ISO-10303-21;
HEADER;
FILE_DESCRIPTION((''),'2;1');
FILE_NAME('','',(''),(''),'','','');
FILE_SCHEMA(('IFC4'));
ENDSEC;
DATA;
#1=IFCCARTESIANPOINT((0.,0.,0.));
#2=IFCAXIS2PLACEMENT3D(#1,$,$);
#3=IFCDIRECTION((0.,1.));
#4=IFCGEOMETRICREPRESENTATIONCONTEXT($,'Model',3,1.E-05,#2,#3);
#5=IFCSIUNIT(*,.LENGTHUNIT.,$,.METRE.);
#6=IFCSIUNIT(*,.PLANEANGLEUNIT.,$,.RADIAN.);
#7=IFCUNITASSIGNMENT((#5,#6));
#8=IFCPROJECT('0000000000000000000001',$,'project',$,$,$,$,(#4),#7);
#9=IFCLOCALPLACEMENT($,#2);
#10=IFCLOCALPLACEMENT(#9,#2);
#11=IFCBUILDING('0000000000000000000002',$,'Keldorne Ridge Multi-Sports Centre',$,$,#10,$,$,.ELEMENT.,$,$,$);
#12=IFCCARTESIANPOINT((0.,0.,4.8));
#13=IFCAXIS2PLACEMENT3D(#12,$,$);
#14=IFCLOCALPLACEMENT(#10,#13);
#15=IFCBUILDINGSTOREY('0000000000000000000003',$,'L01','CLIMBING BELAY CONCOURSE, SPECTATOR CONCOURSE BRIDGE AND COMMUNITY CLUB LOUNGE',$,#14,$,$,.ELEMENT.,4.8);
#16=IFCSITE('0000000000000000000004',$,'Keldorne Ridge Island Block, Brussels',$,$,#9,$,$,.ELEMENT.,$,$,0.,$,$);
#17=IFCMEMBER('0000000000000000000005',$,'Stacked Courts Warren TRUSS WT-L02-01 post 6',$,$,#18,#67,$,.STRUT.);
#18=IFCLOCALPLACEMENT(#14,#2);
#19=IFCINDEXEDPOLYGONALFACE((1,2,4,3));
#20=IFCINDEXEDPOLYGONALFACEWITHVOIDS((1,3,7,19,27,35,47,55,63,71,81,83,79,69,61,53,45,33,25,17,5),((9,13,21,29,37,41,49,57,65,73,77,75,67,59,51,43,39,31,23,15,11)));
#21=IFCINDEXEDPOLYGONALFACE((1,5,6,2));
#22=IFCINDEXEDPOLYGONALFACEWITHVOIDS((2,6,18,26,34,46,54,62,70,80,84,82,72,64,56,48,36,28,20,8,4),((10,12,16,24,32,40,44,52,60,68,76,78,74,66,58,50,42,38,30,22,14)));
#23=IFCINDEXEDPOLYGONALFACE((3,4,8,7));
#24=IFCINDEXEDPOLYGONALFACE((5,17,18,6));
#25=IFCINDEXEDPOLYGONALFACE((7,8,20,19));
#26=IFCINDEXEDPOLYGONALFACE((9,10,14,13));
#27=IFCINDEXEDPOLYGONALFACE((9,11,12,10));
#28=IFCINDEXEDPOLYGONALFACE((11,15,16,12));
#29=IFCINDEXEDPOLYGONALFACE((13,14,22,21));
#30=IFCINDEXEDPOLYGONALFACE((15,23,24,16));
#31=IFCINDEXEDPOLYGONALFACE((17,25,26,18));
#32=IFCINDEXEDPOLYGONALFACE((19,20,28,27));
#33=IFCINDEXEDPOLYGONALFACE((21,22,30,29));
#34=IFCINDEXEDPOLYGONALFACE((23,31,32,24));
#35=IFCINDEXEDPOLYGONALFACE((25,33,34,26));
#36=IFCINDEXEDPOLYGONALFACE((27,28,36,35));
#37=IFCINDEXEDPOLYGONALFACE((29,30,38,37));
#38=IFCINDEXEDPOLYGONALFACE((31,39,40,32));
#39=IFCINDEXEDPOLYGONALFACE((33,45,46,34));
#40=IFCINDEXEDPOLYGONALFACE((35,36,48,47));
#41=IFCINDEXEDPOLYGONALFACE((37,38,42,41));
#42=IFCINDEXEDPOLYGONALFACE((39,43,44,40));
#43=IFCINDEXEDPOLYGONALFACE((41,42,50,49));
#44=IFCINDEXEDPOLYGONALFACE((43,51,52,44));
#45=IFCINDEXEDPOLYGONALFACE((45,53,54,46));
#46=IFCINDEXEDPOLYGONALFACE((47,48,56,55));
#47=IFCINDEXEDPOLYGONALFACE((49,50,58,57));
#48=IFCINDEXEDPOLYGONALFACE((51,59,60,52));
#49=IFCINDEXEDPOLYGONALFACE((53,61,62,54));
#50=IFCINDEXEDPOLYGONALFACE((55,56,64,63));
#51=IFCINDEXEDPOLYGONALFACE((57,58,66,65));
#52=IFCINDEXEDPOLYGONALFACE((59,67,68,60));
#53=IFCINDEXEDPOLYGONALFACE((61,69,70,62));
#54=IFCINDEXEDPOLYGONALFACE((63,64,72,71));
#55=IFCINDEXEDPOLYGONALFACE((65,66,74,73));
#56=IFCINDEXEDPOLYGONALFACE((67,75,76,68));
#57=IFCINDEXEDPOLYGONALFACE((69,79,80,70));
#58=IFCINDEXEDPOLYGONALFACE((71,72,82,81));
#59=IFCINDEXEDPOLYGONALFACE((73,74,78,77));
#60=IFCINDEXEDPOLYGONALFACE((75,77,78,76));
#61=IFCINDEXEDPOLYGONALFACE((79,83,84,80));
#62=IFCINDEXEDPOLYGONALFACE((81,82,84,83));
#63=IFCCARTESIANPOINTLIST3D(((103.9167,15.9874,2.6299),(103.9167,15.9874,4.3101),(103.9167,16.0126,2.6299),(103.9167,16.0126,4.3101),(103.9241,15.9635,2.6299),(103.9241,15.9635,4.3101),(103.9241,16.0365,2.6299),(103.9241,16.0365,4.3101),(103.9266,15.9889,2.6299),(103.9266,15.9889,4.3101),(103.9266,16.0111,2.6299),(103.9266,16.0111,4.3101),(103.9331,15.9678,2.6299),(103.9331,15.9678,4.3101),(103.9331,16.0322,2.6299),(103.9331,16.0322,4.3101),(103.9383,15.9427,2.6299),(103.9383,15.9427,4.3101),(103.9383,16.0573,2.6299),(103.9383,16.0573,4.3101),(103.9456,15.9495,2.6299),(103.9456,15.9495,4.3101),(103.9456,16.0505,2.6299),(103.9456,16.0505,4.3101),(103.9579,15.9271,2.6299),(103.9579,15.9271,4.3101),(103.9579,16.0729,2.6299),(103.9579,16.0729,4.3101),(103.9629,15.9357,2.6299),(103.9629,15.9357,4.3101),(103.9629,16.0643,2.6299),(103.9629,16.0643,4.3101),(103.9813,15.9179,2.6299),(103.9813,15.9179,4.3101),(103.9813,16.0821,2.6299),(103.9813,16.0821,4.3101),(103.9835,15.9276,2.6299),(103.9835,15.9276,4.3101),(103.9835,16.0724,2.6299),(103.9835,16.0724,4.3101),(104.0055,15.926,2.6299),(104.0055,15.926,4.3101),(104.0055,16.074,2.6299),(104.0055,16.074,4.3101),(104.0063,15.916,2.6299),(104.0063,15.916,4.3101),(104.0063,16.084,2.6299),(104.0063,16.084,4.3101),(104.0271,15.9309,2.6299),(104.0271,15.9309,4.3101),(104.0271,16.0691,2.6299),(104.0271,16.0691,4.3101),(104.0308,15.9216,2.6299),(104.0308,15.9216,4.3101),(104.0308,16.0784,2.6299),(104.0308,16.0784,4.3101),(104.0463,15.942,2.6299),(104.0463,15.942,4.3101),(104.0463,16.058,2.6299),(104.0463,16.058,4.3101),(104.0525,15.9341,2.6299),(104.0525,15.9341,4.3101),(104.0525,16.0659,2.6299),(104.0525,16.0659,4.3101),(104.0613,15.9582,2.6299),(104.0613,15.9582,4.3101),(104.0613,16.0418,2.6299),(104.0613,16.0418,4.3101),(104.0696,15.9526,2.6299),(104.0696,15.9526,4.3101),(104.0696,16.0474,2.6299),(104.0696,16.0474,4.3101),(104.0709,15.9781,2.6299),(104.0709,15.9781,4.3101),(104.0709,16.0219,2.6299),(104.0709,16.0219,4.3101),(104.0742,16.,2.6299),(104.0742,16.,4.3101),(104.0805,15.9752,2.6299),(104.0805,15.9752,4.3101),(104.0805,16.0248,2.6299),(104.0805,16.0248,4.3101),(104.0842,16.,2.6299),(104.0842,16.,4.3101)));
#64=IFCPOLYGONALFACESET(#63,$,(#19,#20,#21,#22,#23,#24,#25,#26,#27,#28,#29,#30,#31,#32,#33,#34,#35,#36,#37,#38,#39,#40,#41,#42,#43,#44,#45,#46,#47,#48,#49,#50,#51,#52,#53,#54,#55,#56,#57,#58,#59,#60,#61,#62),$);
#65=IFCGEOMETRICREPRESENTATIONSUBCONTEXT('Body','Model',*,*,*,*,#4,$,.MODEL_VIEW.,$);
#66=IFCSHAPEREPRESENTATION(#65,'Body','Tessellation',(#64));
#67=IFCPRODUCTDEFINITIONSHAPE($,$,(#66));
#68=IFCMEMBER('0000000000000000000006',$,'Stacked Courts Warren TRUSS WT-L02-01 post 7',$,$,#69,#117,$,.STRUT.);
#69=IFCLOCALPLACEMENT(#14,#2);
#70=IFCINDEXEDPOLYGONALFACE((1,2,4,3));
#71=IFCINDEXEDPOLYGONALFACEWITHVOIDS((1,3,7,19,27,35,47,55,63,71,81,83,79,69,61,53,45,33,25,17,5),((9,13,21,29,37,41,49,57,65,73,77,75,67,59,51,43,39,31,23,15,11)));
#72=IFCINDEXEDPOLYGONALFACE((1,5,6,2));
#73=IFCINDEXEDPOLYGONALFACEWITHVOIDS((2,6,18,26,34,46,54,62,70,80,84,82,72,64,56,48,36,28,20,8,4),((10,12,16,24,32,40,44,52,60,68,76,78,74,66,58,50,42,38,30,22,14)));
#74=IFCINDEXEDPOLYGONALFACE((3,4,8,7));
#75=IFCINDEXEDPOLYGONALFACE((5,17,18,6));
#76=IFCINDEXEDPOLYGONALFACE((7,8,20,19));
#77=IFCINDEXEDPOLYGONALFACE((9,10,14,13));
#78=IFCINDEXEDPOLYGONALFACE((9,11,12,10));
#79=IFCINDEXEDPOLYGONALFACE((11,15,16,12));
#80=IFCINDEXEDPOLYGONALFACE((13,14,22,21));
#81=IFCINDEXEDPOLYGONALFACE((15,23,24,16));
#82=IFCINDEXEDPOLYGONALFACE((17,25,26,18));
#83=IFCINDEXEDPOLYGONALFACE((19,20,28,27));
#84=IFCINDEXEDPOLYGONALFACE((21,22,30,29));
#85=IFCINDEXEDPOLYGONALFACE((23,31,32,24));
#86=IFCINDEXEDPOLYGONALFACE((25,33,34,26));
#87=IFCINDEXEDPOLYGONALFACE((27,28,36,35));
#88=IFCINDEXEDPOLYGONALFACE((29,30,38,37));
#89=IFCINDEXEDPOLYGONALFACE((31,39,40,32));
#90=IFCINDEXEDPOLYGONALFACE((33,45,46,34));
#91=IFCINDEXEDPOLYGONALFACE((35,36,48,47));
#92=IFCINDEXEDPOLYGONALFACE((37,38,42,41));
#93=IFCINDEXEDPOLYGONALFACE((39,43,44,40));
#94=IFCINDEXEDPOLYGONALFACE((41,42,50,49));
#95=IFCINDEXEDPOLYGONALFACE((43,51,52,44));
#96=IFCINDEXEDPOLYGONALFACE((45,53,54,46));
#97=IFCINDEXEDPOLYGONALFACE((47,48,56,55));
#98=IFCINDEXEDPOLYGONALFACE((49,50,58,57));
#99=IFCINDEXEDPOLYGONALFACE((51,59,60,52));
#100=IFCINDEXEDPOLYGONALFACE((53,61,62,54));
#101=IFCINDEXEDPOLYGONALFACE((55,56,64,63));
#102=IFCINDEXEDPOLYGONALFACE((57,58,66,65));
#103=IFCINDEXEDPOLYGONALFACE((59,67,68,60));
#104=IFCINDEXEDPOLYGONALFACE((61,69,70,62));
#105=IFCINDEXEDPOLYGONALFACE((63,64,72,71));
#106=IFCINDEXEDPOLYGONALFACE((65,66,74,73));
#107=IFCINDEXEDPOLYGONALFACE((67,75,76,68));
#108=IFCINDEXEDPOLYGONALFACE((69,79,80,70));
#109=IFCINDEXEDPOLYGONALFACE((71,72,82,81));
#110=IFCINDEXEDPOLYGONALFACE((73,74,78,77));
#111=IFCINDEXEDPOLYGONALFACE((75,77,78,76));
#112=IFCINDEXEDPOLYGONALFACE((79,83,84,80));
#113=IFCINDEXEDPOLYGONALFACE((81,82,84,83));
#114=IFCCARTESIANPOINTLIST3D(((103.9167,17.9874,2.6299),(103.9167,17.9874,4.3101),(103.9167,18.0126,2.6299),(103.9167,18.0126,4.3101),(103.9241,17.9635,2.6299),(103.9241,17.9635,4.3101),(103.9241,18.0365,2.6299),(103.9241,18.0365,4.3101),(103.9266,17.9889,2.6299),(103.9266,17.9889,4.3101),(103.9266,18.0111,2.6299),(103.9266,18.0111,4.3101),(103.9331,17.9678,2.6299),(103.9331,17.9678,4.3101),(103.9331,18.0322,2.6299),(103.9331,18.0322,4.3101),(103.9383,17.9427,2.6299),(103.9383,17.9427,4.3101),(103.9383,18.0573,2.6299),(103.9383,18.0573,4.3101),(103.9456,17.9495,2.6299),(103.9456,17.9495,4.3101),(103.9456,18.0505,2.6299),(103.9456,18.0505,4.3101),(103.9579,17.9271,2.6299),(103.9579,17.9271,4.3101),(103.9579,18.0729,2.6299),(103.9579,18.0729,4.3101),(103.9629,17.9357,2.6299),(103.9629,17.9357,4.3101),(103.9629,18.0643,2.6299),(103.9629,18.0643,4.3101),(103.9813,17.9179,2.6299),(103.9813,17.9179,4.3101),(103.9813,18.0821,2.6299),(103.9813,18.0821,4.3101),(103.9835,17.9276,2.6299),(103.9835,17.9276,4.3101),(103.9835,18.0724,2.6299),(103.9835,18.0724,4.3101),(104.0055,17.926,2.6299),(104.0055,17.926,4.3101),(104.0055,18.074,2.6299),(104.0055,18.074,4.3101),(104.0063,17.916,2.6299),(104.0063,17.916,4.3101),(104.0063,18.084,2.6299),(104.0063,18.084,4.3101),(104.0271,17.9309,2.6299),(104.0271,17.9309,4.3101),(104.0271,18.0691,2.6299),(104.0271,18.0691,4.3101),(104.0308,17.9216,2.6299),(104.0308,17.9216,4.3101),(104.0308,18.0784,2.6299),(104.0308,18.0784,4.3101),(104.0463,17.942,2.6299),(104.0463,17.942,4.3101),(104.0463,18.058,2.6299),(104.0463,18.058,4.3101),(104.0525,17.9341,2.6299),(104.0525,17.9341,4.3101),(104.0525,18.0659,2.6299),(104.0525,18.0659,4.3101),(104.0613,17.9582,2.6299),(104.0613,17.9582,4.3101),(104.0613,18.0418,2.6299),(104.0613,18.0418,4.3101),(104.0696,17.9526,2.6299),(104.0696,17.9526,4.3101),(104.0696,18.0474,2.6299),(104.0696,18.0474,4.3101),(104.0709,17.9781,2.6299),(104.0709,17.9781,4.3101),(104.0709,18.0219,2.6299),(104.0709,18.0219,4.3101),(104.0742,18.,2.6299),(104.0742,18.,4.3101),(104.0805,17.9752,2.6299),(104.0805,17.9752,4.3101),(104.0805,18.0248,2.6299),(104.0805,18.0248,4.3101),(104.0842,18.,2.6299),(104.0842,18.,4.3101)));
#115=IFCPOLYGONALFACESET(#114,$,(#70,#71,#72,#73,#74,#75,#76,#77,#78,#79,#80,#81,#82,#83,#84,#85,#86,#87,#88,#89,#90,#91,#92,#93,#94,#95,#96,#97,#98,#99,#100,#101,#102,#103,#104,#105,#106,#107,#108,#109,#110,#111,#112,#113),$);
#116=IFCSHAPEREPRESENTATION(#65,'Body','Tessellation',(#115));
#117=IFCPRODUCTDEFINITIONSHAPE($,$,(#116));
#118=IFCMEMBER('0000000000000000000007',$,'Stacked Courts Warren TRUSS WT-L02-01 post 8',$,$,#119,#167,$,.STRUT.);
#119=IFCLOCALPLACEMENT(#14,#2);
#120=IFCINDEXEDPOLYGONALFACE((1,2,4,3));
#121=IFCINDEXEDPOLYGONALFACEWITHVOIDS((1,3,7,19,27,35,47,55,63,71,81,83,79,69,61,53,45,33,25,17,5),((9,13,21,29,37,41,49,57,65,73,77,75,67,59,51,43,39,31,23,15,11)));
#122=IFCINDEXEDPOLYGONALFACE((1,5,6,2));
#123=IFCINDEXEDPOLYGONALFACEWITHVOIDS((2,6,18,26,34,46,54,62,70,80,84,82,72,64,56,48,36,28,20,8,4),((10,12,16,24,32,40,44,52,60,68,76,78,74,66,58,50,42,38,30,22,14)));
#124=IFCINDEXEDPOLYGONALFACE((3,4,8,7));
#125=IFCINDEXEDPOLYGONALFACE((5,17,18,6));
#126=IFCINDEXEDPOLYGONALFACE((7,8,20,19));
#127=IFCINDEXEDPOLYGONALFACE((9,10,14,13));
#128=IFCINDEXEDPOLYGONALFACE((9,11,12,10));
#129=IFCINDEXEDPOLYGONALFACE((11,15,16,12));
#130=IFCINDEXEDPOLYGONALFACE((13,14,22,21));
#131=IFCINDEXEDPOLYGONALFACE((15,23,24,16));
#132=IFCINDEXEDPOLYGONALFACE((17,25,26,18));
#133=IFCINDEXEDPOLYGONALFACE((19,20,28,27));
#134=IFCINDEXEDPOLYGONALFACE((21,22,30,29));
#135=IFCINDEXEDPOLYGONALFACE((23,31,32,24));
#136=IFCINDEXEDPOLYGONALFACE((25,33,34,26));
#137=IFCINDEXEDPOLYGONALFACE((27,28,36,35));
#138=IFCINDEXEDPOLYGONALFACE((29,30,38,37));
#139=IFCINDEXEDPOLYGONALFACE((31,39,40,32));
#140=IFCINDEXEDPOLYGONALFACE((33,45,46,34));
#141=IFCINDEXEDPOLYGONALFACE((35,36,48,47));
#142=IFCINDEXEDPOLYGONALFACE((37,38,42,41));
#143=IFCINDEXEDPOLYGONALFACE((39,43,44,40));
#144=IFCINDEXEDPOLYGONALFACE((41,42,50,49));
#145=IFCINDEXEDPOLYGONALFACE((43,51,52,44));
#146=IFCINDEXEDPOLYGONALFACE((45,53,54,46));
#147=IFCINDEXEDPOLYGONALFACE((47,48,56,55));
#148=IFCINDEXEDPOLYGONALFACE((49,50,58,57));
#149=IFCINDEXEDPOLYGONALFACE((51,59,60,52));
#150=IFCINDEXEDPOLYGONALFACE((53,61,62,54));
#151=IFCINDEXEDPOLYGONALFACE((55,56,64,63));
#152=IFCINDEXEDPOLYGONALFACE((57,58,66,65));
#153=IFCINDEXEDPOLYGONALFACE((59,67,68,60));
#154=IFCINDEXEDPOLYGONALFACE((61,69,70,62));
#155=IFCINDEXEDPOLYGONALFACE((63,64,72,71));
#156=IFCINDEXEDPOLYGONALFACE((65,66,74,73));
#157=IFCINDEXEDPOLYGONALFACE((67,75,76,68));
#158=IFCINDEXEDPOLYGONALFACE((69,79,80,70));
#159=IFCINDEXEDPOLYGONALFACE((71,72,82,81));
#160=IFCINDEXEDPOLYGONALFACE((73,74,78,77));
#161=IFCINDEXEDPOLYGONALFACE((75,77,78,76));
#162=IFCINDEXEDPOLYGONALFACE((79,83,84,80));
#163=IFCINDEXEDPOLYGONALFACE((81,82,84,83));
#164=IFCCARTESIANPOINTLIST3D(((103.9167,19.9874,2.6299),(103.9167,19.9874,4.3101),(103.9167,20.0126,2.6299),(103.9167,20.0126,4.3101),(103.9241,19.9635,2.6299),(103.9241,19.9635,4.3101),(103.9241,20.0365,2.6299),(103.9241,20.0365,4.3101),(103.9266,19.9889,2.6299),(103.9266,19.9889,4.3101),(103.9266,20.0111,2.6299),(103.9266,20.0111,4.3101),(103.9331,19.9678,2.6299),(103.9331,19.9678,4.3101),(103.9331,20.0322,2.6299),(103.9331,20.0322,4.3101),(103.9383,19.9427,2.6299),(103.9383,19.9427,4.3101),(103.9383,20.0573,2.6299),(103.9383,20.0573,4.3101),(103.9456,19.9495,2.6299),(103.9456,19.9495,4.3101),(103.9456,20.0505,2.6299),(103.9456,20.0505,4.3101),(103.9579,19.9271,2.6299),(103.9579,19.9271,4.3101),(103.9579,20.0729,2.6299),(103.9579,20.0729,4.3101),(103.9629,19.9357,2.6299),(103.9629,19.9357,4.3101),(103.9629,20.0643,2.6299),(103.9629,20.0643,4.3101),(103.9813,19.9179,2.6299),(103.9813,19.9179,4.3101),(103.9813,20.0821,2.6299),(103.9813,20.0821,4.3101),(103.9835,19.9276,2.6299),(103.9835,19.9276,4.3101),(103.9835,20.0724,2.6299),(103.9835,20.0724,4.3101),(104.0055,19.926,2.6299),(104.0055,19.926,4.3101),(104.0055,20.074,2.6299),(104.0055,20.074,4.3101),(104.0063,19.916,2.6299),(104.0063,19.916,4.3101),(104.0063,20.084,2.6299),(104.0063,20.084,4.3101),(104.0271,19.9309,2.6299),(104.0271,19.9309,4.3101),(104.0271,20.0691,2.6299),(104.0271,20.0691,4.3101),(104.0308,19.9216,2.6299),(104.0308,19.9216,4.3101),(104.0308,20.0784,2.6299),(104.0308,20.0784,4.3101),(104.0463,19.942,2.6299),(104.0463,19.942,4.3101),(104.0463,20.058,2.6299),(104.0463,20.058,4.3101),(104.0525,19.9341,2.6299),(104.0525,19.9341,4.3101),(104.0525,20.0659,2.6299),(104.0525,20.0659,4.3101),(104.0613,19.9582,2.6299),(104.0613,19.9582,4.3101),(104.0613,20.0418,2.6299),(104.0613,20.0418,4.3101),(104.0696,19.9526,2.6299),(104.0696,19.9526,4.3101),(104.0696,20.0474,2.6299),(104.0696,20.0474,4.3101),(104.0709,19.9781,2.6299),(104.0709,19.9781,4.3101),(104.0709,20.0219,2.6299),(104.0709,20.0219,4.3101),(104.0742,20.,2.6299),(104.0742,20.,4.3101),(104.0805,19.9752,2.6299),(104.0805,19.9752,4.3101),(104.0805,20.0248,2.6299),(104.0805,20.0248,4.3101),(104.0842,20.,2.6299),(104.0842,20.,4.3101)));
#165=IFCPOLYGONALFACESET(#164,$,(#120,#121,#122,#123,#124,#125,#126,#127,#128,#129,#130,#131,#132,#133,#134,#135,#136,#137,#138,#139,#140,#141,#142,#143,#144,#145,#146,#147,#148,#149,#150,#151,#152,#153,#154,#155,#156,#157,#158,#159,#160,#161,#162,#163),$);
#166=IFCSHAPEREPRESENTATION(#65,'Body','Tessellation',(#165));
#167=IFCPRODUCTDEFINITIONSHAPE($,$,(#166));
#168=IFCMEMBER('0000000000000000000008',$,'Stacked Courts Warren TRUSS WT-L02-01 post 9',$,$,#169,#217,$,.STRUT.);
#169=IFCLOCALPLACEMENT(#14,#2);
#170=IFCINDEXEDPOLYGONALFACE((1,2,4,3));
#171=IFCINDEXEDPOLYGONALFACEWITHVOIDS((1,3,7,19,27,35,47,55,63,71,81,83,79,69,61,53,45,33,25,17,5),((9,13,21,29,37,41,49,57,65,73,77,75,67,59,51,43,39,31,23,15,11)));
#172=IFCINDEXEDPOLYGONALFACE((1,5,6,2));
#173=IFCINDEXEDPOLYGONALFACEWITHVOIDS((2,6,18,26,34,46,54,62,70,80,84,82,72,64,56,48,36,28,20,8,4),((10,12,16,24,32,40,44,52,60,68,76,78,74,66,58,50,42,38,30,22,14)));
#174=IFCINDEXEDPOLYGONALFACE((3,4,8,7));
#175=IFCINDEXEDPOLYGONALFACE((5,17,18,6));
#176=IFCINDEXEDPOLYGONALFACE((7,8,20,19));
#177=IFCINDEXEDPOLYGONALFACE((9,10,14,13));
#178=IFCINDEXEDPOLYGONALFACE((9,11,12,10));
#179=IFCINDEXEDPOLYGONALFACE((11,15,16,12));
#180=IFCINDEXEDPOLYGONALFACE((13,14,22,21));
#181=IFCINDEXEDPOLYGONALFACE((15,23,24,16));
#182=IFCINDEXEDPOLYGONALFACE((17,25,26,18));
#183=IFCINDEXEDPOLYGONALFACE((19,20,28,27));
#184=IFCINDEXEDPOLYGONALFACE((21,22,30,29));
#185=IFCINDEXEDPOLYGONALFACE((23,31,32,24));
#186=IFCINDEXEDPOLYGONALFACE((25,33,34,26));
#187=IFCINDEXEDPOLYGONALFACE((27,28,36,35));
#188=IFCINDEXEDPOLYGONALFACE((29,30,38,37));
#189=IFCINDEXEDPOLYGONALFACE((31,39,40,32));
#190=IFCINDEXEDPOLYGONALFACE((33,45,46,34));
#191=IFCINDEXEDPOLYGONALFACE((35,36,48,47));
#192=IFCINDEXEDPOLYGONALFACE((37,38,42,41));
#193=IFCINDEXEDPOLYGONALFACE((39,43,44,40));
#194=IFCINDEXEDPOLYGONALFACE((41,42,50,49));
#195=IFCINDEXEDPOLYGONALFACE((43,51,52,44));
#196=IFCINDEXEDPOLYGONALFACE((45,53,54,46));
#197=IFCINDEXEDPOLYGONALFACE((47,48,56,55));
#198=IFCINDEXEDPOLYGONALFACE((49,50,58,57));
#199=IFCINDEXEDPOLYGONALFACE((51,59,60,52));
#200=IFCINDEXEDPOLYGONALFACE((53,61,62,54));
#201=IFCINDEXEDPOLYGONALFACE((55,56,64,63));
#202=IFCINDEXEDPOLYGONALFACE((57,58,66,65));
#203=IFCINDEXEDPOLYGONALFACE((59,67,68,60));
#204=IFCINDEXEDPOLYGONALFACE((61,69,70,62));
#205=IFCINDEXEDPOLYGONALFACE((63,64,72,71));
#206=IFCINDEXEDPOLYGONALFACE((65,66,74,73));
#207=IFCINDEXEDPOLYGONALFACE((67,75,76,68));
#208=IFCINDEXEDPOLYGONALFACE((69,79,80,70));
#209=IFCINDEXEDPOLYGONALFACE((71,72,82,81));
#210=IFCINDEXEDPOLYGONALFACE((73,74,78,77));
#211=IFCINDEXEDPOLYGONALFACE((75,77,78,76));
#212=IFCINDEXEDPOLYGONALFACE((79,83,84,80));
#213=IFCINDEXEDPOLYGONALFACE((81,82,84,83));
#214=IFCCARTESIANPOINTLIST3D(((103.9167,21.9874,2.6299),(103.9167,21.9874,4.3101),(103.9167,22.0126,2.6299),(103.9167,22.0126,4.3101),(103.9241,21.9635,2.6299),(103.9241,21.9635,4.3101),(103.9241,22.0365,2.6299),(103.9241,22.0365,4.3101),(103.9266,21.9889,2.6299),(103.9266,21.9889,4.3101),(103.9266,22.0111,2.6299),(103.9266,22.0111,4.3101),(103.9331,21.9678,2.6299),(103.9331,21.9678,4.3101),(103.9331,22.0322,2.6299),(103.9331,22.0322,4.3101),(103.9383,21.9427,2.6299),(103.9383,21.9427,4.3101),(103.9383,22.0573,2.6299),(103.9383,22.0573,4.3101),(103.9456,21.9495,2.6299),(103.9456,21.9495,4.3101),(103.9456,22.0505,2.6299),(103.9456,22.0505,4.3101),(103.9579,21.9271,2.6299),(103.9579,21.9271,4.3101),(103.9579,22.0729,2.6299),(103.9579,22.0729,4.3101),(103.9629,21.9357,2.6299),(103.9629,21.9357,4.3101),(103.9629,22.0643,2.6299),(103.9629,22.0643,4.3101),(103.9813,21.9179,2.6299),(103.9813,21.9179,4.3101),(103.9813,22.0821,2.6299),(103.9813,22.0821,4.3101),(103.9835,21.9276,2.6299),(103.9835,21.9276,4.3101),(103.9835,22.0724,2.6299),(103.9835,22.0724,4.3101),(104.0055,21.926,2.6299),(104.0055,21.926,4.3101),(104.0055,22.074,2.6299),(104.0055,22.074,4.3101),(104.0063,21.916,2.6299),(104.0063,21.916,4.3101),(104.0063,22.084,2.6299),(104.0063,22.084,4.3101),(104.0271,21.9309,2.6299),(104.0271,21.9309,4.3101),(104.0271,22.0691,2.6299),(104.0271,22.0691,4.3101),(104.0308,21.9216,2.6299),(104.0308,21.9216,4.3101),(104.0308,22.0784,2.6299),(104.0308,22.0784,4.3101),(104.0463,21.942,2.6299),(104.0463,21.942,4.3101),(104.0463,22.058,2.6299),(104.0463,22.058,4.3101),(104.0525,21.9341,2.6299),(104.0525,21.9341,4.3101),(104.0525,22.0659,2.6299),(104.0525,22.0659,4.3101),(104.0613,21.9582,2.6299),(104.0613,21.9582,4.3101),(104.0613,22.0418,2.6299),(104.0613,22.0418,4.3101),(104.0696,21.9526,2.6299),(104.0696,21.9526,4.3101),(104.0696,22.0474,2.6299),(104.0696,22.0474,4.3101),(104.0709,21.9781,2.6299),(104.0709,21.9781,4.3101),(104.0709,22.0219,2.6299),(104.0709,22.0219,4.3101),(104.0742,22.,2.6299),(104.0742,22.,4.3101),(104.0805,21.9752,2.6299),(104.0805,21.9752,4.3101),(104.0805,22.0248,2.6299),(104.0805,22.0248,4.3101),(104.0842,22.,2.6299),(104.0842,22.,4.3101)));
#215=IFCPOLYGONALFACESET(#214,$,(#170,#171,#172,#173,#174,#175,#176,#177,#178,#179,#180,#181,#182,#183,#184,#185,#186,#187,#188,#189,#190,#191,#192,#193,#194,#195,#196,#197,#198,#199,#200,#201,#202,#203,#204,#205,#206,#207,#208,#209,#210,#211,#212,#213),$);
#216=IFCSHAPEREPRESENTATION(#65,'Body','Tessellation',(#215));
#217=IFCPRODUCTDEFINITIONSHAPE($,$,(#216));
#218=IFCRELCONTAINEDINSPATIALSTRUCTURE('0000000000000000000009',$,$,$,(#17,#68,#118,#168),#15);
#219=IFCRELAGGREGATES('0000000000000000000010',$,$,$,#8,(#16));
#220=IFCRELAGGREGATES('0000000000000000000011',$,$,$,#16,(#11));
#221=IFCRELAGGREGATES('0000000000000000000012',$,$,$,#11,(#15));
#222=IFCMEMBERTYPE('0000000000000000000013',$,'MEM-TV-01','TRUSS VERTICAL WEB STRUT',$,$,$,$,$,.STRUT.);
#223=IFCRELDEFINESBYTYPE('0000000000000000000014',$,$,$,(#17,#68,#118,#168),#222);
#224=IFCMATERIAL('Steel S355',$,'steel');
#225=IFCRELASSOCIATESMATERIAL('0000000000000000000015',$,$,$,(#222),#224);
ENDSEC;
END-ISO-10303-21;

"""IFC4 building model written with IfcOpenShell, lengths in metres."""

from ifc_helpers import new_model, si_unit, direction, frame, origin, origin_2d, place, context, subcontext, project, spatial, hollow_circle, extrude, material, material_profile, profile_set, type_object, element, save


model = new_model("IFC4")

# Units and contexts
model_context = context("Model", 3, precision=1e-05, world=origin(), true_north=direction((0.0, 1.0)))
body_context = subcontext(model_context, "Body", "Model", "MODEL_VIEW")
ifc_project = project(units=[si_unit("LENGTHUNIT", "METRE"), si_unit("PLANEANGLEUNIT", "RADIAN")], contexts=[model_context])

# Site, building, storey
site_placement = place(None, origin())
site = spatial("IfcSite", under=ifc_project, at=site_placement, Name="Keldorne Ridge Island Block, Brussels", CompositionType="ELEMENT", RefElevation=0.0)
building_placement = place(site_placement, origin())
building = spatial("IfcBuilding", under=site, at=building_placement, Name="Keldorne Ridge Multi-Sports Centre", CompositionType="ELEMENT")
storey_placement = place(building_placement, frame((0.0, 0.0, 4.8)))
storey = spatial("IfcBuildingStorey", under=building, at=storey_placement, Name="L01", Description="CLIMBING BELAY CONCOURSE, SPECTATOR CONCOURSE BRIDGE AND COMMUNITY CLUB LOUNGE", CompositionType="ELEMENT", Elevation=4.8)

# Shared definitions
ifc_material = material(Name="Steel S355", Category="steel")

# Members
ifc_material_profile_1 = material_profile(ifc_material, hollow_circle(Radius=0.0842, WallThickness=0.01, at=origin_2d()), Name="CHS 168.3x10")
ifc_profile_set_1 = profile_set([ifc_material_profile_1], Name="Steel S355")
member_type_1 = type_object("IfcMemberType", Name="MEM-TV-01", Description="TRUSS VERTICAL WEB STRUT", PredefinedType="STRUT", material=ifc_profile_set_1)
for number, where, z_axis, x_axis, name in (
    (1, (104.0, 16.0, 2.6299), (0.0, 0.0, 1.0), (1.0, 0.0, 0.0), "Stacked Courts Warren TRUSS WT-L02-01 post 6"),
    (2, (104.0, 18.0, 2.6299), (0.0, 0.0, 1.0), (1.0, 0.0, 0.0), "Stacked Courts Warren TRUSS WT-L02-01 post 7"),
    (3, (104.0, 20.0, 2.6299), (0.0, 0.0, 1.0), (1.0, 0.0, 0.0), "Stacked Courts Warren TRUSS WT-L02-01 post 8"),
    (4, (104.0, 22.0, 2.6299), (0.0, 0.0, 1.0), (1.0, 0.0, 0.0), "Stacked Courts Warren TRUSS WT-L02-01 post 9"),
):
    element("IfcMember", number, at=place(storey_placement, frame(where, z_axis=z_axis, x_axis=x_axis)), inside=storey, type_object=member_type_1, Name=name, PredefinedType="STRUT", context=body_context, shape_type="SweptSolid", body=[
        extrude(hollow_circle(Radius=0.0842, WallThickness=0.01, at=origin_2d()), origin(), (0.0, 0.0, 1.0), 1.6802),
    ])

save(model, "model.ifc")
